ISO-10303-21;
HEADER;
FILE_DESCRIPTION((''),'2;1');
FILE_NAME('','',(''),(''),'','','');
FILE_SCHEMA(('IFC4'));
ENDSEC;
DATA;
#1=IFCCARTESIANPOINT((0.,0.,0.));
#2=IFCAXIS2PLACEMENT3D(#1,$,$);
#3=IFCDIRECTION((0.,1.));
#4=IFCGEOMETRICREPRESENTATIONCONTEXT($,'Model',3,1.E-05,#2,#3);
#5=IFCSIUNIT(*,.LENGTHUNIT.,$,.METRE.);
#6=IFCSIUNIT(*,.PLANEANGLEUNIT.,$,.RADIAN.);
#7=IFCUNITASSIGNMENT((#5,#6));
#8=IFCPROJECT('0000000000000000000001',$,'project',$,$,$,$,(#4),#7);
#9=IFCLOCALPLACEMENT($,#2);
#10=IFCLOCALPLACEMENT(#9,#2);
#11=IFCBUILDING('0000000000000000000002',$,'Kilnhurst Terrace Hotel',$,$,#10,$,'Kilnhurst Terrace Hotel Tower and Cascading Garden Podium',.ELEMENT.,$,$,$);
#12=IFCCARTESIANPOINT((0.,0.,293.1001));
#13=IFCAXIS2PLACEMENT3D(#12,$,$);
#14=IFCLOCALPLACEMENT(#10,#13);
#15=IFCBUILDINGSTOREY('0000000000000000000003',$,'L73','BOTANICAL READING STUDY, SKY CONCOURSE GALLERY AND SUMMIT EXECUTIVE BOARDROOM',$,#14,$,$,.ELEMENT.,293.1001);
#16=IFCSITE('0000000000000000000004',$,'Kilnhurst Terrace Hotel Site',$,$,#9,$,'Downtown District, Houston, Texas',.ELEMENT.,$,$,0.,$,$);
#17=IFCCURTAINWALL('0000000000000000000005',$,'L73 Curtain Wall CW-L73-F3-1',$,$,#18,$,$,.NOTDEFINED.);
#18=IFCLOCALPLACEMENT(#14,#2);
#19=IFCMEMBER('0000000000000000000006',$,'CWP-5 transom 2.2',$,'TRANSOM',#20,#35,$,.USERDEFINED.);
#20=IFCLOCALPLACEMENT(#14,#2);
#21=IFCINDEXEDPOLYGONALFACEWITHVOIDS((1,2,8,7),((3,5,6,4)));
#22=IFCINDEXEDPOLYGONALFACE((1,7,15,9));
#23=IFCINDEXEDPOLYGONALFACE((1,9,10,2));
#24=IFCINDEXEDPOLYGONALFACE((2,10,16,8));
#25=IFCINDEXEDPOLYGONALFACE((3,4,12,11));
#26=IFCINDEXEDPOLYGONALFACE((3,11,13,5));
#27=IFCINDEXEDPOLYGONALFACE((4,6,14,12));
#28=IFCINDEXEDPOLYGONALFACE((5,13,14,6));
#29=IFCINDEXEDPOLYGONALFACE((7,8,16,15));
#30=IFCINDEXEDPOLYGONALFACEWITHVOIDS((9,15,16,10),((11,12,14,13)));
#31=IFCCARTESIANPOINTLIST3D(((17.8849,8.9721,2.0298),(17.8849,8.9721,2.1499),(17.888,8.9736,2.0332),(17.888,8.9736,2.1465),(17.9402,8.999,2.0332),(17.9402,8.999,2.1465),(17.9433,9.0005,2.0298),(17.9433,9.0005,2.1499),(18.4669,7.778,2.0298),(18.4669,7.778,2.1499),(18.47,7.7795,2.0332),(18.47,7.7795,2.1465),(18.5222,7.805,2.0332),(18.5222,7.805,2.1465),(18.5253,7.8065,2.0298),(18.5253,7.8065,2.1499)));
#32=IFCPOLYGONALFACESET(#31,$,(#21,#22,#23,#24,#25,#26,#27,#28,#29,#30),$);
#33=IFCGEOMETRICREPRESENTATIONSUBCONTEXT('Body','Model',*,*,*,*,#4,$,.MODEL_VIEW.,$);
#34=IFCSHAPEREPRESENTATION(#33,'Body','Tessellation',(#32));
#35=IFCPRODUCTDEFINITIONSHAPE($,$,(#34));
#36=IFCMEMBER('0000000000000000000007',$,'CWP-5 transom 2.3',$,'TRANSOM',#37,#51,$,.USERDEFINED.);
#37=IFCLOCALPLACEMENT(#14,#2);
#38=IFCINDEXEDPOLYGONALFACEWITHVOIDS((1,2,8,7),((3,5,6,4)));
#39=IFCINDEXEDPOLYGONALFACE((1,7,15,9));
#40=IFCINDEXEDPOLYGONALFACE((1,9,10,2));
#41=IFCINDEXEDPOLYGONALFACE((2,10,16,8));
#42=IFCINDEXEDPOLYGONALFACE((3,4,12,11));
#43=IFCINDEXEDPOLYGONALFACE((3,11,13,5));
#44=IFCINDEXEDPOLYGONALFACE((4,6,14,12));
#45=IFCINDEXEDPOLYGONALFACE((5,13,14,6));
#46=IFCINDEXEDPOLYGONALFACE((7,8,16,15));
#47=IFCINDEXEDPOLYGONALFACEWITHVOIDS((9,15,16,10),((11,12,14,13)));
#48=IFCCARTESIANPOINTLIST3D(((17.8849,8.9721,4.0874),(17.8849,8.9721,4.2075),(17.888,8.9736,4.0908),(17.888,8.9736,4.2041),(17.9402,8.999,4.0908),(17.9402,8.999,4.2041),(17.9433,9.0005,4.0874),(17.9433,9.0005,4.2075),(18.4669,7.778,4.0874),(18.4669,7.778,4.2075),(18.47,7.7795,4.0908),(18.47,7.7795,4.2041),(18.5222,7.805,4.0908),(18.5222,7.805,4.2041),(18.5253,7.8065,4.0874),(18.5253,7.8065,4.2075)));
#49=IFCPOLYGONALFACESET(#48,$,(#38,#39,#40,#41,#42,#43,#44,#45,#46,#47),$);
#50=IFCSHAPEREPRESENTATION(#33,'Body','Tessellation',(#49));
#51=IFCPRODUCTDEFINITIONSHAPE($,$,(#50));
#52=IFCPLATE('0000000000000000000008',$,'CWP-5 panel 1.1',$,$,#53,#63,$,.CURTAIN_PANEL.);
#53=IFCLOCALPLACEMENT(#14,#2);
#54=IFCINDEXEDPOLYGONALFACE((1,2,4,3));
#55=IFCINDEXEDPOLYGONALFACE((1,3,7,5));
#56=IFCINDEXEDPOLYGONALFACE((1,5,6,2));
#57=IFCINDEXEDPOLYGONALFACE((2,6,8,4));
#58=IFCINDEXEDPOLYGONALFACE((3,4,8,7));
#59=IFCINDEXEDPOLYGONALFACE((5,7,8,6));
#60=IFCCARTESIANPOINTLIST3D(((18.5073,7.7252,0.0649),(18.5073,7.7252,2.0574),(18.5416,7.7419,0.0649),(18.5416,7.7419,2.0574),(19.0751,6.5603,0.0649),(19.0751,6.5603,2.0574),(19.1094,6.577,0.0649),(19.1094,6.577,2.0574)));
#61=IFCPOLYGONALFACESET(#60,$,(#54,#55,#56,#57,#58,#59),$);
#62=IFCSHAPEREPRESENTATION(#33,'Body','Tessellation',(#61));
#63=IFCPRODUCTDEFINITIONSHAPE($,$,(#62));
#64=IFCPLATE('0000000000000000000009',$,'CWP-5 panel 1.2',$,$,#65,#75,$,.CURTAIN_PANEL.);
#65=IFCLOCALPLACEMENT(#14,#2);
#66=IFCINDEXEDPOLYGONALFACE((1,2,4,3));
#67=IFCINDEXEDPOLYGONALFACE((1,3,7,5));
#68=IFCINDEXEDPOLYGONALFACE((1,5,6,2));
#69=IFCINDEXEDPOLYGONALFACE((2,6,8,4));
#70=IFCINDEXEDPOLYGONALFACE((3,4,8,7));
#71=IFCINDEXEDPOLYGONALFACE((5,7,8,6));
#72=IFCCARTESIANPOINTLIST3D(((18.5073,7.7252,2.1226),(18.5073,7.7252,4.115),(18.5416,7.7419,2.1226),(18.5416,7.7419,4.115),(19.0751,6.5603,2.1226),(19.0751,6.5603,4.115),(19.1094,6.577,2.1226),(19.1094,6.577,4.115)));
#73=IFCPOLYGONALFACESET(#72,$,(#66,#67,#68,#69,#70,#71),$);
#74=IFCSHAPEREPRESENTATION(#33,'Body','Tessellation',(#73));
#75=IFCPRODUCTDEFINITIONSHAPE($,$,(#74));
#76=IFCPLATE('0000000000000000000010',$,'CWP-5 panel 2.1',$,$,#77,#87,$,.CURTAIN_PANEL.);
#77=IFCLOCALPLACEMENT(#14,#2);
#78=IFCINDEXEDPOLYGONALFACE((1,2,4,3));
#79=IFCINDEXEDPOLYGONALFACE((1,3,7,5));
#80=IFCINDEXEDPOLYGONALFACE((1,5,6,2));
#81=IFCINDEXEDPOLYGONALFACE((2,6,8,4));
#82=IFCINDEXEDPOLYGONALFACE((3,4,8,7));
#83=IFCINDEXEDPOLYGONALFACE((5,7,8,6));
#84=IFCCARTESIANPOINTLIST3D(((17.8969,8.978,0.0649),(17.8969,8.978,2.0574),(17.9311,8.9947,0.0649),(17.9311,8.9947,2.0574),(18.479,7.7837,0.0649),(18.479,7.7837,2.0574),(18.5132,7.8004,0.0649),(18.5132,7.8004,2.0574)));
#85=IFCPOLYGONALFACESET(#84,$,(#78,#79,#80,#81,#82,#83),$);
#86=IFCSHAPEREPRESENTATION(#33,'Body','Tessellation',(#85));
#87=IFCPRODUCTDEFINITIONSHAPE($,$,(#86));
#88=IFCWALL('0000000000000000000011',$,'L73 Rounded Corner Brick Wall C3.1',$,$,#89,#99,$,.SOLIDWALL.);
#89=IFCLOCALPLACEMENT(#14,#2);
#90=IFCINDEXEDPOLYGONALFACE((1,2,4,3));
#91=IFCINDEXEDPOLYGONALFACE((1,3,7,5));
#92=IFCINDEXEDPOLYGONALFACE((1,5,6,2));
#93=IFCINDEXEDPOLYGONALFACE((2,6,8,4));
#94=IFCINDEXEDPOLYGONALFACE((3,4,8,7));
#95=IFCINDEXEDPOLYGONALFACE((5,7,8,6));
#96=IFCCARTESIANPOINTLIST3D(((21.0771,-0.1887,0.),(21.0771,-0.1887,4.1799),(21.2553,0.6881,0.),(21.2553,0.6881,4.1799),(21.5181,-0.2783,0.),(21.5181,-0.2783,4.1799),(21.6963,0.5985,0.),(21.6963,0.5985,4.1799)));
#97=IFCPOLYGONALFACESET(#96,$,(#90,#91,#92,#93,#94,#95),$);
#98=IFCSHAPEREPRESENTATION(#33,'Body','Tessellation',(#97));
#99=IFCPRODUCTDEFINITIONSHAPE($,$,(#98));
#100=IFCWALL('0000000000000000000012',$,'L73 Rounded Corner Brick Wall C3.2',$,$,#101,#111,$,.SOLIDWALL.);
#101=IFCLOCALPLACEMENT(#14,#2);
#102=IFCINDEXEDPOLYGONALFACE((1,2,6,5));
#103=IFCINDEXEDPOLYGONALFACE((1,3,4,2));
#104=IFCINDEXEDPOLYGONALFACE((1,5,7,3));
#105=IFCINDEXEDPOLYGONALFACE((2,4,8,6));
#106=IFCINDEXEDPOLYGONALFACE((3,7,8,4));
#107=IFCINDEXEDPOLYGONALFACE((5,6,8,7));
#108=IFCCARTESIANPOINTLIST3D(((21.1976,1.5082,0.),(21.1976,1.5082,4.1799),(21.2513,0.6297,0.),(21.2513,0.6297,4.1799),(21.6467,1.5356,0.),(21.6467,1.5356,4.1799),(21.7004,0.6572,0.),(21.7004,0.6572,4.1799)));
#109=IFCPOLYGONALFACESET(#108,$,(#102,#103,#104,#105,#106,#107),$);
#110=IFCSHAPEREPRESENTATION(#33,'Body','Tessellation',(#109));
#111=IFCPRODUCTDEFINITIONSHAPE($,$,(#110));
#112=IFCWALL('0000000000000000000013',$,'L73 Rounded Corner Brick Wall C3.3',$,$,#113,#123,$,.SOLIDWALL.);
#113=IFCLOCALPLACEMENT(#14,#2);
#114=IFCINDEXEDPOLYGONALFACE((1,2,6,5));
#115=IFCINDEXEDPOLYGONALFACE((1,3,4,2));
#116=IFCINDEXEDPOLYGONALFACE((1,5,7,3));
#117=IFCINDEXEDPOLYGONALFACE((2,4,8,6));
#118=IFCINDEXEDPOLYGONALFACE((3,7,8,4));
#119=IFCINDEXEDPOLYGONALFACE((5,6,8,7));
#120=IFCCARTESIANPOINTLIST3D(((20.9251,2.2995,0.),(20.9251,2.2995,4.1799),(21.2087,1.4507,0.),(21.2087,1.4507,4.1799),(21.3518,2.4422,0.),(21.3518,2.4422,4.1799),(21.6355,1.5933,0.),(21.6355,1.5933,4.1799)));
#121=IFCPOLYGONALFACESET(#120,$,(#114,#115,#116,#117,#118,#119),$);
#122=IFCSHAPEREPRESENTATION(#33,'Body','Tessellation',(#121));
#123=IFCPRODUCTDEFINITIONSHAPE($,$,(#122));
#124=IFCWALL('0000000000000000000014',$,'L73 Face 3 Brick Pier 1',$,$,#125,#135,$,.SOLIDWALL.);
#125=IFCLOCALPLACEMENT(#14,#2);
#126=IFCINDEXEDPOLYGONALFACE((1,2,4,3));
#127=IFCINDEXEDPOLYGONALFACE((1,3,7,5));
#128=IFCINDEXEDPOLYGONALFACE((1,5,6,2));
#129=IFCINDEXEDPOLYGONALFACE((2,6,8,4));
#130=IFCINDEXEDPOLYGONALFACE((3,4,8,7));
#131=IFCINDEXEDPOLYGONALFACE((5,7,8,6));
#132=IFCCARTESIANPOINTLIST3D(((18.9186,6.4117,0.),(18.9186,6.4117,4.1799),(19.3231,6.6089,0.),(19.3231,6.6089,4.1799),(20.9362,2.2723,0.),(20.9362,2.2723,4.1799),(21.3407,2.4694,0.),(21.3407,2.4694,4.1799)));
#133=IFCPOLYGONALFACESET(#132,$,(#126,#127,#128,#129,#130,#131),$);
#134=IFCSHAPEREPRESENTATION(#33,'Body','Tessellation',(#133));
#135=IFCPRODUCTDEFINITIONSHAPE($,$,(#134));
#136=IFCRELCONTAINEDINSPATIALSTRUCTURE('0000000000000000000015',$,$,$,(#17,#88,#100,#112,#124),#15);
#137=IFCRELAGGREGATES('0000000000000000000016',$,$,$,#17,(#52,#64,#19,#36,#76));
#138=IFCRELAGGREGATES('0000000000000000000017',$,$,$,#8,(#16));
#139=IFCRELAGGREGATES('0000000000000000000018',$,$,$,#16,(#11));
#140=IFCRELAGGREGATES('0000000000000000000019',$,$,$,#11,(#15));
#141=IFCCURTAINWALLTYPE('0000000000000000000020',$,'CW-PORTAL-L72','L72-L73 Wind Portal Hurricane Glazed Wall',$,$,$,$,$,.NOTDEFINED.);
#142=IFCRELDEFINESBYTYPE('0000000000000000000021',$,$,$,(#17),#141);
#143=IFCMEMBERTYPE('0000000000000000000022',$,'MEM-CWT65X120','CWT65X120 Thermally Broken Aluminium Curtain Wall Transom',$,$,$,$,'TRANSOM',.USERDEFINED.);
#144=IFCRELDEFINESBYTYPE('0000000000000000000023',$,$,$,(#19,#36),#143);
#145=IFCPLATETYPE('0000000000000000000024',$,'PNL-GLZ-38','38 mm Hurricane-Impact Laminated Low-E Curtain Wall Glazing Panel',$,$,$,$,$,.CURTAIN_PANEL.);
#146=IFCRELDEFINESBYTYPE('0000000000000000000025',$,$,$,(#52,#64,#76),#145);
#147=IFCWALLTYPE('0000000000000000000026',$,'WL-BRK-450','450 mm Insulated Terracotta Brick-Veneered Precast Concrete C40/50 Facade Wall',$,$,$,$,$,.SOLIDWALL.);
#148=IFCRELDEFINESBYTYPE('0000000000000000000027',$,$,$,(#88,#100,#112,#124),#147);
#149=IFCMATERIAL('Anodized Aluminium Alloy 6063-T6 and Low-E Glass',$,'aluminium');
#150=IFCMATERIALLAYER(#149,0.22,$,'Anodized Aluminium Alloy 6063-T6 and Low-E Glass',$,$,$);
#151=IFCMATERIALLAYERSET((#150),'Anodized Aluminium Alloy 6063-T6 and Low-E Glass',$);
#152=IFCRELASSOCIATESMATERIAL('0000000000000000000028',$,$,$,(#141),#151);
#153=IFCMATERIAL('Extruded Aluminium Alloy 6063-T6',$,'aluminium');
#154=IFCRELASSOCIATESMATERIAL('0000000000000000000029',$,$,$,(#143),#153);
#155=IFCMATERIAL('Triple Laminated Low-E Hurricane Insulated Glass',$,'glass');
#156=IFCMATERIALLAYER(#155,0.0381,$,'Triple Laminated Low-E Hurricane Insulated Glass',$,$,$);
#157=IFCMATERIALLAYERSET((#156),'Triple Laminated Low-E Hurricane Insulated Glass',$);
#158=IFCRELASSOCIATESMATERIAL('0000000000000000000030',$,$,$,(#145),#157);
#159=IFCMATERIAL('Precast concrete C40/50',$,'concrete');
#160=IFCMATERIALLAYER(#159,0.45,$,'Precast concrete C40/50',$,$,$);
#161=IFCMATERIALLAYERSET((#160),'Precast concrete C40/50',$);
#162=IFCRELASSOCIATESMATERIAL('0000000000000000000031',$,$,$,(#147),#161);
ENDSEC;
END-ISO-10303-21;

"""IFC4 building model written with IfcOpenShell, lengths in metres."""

from ifc_helpers import new_model, si_unit, direction, frame, frame_2d, origin, origin_2d, place, context, subcontext, project, spatial, rectangle, hollow_rectangle, extrude, material, layer, layer_set, material_profile, profile_set, type_object, element, aggregate, save


model = new_model("IFC4")

# Units and contexts
model_context = context("Model", 3, precision=1e-05, world=origin(), true_north=direction((0.0, 1.0)))
body_context = subcontext(model_context, "Body", "Model", "MODEL_VIEW")
ifc_project = project(units=[si_unit("LENGTHUNIT", "METRE"), si_unit("PLANEANGLEUNIT", "RADIAN")], contexts=[model_context])

# Site, building, storey
site_placement = place(None, origin())
site = spatial("IfcSite", under=ifc_project, at=site_placement, Name="Kilnhurst Terrace Hotel Site", LongName="Downtown District, Houston, Texas", CompositionType="ELEMENT", RefElevation=0.0)
building_placement = place(site_placement, origin())
building = spatial("IfcBuilding", under=site, at=building_placement, Name="Kilnhurst Terrace Hotel", LongName="Kilnhurst Terrace Hotel Tower and Cascading Garden Podium", CompositionType="ELEMENT")
storey_placement = place(building_placement, frame((0.0, 0.0, 293.1001)))
storey = spatial("IfcBuildingStorey", under=building, at=storey_placement, Name="L73", Description="BOTANICAL READING STUDY, SKY CONCOURSE GALLERY AND SUMMIT EXECUTIVE BOARDROOM", CompositionType="ELEMENT", Elevation=293.1001)

# Curtain wall, members, plates
ifc_material_1 = material(Name="Anodized Aluminium Alloy 6063-T6 and Low-E Glass", Category="aluminium")
ifc_layer_1 = layer(ifc_material_1, 0.22, Name="Anodized Aluminium Alloy 6063-T6 and Low-E Glass")
ifc_layer_set_1 = layer_set([ifc_layer_1], Name="Anodized Aluminium Alloy 6063-T6 and Low-E Glass")
curtain_wall_type = type_object("IfcCurtainWallType", Name="CW-PORTAL-L72", Description="L72-L73 Wind Portal Hurricane Glazed Wall", PredefinedType="NOTDEFINED", material=ifc_layer_set_1)
curtain_wall_placement = place(storey_placement, origin())
curtain_wall = element("IfcCurtainWall", 1, at=curtain_wall_placement, inside=storey, type_object=curtain_wall_type, Name="L73 Curtain Wall CW-L73-F3-1", PredefinedType="NOTDEFINED")
ifc_material_2 = material(Name="Extruded Aluminium Alloy 6063-T6", Category="aluminium")
ifc_material_profile_1 = material_profile(ifc_material_2, hollow_rectangle(XDim=0.0649, YDim=0.1201, WallThickness=0.0034, at=origin_2d()), Name="CWT65X120")
ifc_profile_set_1 = profile_set([ifc_material_profile_1], Name="Extruded Aluminium Alloy 6063-T6")
member_type_1 = type_object("IfcMemberType", Name="MEM-CWT65X120", Description="CWT65X120 Thermally Broken Aluminium Curtain Wall Transom", ElementType="TRANSOM", PredefinedType="USERDEFINED", material=ifc_profile_set_1)
member_1_placement = place(storey_placement, frame((18.4961, 7.7922, 2.0898), z_axis=(-0.438148, 0.898903, 0.0), x_axis=(-0.898903, -0.438148, 0.0)))
member_1 = element("IfcMember", 2, at=member_1_placement, type_object=member_type_1, Name="CWP-5 transom 2.2", ObjectType="TRANSOM", PredefinedType="USERDEFINED", context=body_context, shape_type="SweptSolid", body=[
    extrude(hollow_rectangle(XDim=0.0649, YDim=0.1201, WallThickness=0.0034, at=origin_2d()), origin(), (0.0, 0.0, 1.0), 1.3284),
])
member_2_placement = place(storey_placement, frame((18.4961, 7.7922, 4.1475), z_axis=(-0.438148, 0.898903, 0.0), x_axis=(-0.898903, -0.438148, 0.0)))
member_2 = element("IfcMember", 3, at=member_2_placement, type_object=member_type_1, Name="CWP-5 transom 2.3", ObjectType="TRANSOM", PredefinedType="USERDEFINED", context=body_context, shape_type="SweptSolid", body=[
    extrude(hollow_rectangle(XDim=0.0649, YDim=0.1201, WallThickness=0.0034, at=origin_2d()), origin(), (0.0, 0.0, 1.0), 1.3284),
])
ifc_material_3 = material(Name="Triple Laminated Low-E Hurricane Insulated Glass", Category="glass")
ifc_layer_2 = layer(ifc_material_3, 0.0381, Name="Triple Laminated Low-E Hurricane Insulated Glass")
ifc_layer_set_2 = layer_set([ifc_layer_2], Name="Triple Laminated Low-E Hurricane Insulated Glass")
plate_type = type_object("IfcPlateType", Name="PNL-GLZ-38", Description="38 mm Hurricane-Impact Laminated Low-E Curtain Wall Glazing Panel", PredefinedType="CURTAIN_PANEL", material=ifc_layer_set_2)
plate_1_placement = place(storey_placement, frame((18.8083, 7.1511, 0.0649), z_axis=(0.0, 0.0, 1.0), x_axis=(-0.43813, 0.898912, 0.0)))
plate_1 = element("IfcPlate", 4, at=plate_1_placement, type_object=plate_type, Name="CWP-5 panel 1.1", PredefinedType="CURTAIN_PANEL", context=body_context, shape_type="SweptSolid", body=[
    extrude(rectangle(XDim=1.2959, YDim=0.0381, at=origin_2d()), origin(), (0.0, 0.0, 1.0), 1.9924),
])
plate_2_placement = place(storey_placement, frame((18.8083, 7.1511, 2.1226), z_axis=(0.0, 0.0, 1.0), x_axis=(-0.43813, 0.898912, 0.0)))
plate_2 = element("IfcPlate", 5, at=plate_2_placement, type_object=plate_type, Name="CWP-5 panel 1.2", PredefinedType="CURTAIN_PANEL", context=body_context, shape_type="SweptSolid", body=[
    extrude(rectangle(XDim=1.2959, YDim=0.0381, at=origin_2d()), origin(), (0.0, 0.0, 1.0), 1.9924),
])
plate_3_placement = place(storey_placement, frame((18.2051, 8.3892, 0.0649), z_axis=(0.0, 0.0, 1.0), x_axis=(-0.43813, 0.898912, 0.0)))
plate_3 = element("IfcPlate", 6, at=plate_3_placement, type_object=plate_type, Name="CWP-5 panel 2.1", PredefinedType="CURTAIN_PANEL", context=body_context, shape_type="SweptSolid", body=[
    extrude(rectangle(XDim=1.3286, YDim=0.0381, at=origin_2d()), origin(), (0.0, 0.0, 1.0), 1.9924),
])
aggregate(curtain_wall, [plate_1, plate_2, member_1, member_2, plate_3])

# Walls
ifc_material_4 = material(Name="Precast concrete C40/50", Category="concrete")
ifc_layer_3 = layer(ifc_material_4, 0.45, Name="Precast concrete C40/50")
ifc_layer_set_3 = layer_set([ifc_layer_3], Name="Precast concrete C40/50")
wall_type = type_object("IfcWallType", Name="WL-BRK-450", Description="450 mm Insulated Terracotta Brick-Veneered Precast Concrete C40/50 Facade Wall", PredefinedType="SOLIDWALL", material=ifc_layer_set_3)
wall_1_placement = place(storey_placement, frame((21.2976, -0.2334, 0.0), z_axis=(0.0, 0.0, 1.0), x_axis=(0.199158, 0.979967, 0.0)))
element("IfcWall", 7, at=wall_1_placement, inside=storey, type_object=wall_type, Name="L73 Rounded Corner Brick Wall C3.1", PredefinedType="SOLIDWALL", context=body_context, shape_type="SweptSolid", body=[
    extrude(rectangle(XDim=0.8948, YDim=0.45, at=frame_2d((0.4473, 0.0))), origin(), (0.0, 0.0, 1.0), 4.1799),
])
wall_2_placement = place(storey_placement, frame((21.4758, 0.6436, 0.0), z_axis=(0.0, 0.0, 1.0), x_axis=(-0.061031, 0.998136, 0.0)))
element("IfcWall", 8, at=wall_2_placement, inside=storey, type_object=wall_type, Name="L73 Rounded Corner Brick Wall C3.2", PredefinedType="SOLIDWALL", context=body_context, shape_type="SweptSolid", body=[
    extrude(rectangle(XDim=0.8801, YDim=0.45, at=frame_2d((0.4399, 0.0))), origin(), (0.0, 0.0, 1.0), 4.1799),
])
wall_3_placement = place(storey_placement, frame((21.4221, 1.522, 0.0), z_axis=(0.0, 0.0, 1.0), x_axis=(-0.316964, 0.948438, 0.0)))
element("IfcWall", 9, at=wall_3_placement, inside=storey, type_object=wall_type, Name="L73 Rounded Corner Brick Wall C3.3", PredefinedType="SOLIDWALL", context=body_context, shape_type="SweptSolid", body=[
    extrude(rectangle(XDim=0.895, YDim=0.45, at=frame_2d((0.4475, 0.0))), origin(), (0.0, 0.0, 1.0), 4.1799),
])
wall_4_placement = place(storey_placement, frame((21.1384, 2.3708, 0.0), z_axis=(0.0, 0.0, 1.0), x_axis=(-0.438135, 0.898909, 0.0)))
element("IfcWall", 10, at=wall_4_placement, inside=storey, type_object=wall_type, Name="L73 Face 3 Brick Pier 1", PredefinedType="SOLIDWALL", context=body_context, shape_type="SweptSolid", body=[
    extrude(rectangle(XDim=4.605, YDim=0.45, at=frame_2d((2.3025, 0.0))), origin(), (0.0, 0.0, 1.0), 4.1799),
])

save(model, "model.ifc")
